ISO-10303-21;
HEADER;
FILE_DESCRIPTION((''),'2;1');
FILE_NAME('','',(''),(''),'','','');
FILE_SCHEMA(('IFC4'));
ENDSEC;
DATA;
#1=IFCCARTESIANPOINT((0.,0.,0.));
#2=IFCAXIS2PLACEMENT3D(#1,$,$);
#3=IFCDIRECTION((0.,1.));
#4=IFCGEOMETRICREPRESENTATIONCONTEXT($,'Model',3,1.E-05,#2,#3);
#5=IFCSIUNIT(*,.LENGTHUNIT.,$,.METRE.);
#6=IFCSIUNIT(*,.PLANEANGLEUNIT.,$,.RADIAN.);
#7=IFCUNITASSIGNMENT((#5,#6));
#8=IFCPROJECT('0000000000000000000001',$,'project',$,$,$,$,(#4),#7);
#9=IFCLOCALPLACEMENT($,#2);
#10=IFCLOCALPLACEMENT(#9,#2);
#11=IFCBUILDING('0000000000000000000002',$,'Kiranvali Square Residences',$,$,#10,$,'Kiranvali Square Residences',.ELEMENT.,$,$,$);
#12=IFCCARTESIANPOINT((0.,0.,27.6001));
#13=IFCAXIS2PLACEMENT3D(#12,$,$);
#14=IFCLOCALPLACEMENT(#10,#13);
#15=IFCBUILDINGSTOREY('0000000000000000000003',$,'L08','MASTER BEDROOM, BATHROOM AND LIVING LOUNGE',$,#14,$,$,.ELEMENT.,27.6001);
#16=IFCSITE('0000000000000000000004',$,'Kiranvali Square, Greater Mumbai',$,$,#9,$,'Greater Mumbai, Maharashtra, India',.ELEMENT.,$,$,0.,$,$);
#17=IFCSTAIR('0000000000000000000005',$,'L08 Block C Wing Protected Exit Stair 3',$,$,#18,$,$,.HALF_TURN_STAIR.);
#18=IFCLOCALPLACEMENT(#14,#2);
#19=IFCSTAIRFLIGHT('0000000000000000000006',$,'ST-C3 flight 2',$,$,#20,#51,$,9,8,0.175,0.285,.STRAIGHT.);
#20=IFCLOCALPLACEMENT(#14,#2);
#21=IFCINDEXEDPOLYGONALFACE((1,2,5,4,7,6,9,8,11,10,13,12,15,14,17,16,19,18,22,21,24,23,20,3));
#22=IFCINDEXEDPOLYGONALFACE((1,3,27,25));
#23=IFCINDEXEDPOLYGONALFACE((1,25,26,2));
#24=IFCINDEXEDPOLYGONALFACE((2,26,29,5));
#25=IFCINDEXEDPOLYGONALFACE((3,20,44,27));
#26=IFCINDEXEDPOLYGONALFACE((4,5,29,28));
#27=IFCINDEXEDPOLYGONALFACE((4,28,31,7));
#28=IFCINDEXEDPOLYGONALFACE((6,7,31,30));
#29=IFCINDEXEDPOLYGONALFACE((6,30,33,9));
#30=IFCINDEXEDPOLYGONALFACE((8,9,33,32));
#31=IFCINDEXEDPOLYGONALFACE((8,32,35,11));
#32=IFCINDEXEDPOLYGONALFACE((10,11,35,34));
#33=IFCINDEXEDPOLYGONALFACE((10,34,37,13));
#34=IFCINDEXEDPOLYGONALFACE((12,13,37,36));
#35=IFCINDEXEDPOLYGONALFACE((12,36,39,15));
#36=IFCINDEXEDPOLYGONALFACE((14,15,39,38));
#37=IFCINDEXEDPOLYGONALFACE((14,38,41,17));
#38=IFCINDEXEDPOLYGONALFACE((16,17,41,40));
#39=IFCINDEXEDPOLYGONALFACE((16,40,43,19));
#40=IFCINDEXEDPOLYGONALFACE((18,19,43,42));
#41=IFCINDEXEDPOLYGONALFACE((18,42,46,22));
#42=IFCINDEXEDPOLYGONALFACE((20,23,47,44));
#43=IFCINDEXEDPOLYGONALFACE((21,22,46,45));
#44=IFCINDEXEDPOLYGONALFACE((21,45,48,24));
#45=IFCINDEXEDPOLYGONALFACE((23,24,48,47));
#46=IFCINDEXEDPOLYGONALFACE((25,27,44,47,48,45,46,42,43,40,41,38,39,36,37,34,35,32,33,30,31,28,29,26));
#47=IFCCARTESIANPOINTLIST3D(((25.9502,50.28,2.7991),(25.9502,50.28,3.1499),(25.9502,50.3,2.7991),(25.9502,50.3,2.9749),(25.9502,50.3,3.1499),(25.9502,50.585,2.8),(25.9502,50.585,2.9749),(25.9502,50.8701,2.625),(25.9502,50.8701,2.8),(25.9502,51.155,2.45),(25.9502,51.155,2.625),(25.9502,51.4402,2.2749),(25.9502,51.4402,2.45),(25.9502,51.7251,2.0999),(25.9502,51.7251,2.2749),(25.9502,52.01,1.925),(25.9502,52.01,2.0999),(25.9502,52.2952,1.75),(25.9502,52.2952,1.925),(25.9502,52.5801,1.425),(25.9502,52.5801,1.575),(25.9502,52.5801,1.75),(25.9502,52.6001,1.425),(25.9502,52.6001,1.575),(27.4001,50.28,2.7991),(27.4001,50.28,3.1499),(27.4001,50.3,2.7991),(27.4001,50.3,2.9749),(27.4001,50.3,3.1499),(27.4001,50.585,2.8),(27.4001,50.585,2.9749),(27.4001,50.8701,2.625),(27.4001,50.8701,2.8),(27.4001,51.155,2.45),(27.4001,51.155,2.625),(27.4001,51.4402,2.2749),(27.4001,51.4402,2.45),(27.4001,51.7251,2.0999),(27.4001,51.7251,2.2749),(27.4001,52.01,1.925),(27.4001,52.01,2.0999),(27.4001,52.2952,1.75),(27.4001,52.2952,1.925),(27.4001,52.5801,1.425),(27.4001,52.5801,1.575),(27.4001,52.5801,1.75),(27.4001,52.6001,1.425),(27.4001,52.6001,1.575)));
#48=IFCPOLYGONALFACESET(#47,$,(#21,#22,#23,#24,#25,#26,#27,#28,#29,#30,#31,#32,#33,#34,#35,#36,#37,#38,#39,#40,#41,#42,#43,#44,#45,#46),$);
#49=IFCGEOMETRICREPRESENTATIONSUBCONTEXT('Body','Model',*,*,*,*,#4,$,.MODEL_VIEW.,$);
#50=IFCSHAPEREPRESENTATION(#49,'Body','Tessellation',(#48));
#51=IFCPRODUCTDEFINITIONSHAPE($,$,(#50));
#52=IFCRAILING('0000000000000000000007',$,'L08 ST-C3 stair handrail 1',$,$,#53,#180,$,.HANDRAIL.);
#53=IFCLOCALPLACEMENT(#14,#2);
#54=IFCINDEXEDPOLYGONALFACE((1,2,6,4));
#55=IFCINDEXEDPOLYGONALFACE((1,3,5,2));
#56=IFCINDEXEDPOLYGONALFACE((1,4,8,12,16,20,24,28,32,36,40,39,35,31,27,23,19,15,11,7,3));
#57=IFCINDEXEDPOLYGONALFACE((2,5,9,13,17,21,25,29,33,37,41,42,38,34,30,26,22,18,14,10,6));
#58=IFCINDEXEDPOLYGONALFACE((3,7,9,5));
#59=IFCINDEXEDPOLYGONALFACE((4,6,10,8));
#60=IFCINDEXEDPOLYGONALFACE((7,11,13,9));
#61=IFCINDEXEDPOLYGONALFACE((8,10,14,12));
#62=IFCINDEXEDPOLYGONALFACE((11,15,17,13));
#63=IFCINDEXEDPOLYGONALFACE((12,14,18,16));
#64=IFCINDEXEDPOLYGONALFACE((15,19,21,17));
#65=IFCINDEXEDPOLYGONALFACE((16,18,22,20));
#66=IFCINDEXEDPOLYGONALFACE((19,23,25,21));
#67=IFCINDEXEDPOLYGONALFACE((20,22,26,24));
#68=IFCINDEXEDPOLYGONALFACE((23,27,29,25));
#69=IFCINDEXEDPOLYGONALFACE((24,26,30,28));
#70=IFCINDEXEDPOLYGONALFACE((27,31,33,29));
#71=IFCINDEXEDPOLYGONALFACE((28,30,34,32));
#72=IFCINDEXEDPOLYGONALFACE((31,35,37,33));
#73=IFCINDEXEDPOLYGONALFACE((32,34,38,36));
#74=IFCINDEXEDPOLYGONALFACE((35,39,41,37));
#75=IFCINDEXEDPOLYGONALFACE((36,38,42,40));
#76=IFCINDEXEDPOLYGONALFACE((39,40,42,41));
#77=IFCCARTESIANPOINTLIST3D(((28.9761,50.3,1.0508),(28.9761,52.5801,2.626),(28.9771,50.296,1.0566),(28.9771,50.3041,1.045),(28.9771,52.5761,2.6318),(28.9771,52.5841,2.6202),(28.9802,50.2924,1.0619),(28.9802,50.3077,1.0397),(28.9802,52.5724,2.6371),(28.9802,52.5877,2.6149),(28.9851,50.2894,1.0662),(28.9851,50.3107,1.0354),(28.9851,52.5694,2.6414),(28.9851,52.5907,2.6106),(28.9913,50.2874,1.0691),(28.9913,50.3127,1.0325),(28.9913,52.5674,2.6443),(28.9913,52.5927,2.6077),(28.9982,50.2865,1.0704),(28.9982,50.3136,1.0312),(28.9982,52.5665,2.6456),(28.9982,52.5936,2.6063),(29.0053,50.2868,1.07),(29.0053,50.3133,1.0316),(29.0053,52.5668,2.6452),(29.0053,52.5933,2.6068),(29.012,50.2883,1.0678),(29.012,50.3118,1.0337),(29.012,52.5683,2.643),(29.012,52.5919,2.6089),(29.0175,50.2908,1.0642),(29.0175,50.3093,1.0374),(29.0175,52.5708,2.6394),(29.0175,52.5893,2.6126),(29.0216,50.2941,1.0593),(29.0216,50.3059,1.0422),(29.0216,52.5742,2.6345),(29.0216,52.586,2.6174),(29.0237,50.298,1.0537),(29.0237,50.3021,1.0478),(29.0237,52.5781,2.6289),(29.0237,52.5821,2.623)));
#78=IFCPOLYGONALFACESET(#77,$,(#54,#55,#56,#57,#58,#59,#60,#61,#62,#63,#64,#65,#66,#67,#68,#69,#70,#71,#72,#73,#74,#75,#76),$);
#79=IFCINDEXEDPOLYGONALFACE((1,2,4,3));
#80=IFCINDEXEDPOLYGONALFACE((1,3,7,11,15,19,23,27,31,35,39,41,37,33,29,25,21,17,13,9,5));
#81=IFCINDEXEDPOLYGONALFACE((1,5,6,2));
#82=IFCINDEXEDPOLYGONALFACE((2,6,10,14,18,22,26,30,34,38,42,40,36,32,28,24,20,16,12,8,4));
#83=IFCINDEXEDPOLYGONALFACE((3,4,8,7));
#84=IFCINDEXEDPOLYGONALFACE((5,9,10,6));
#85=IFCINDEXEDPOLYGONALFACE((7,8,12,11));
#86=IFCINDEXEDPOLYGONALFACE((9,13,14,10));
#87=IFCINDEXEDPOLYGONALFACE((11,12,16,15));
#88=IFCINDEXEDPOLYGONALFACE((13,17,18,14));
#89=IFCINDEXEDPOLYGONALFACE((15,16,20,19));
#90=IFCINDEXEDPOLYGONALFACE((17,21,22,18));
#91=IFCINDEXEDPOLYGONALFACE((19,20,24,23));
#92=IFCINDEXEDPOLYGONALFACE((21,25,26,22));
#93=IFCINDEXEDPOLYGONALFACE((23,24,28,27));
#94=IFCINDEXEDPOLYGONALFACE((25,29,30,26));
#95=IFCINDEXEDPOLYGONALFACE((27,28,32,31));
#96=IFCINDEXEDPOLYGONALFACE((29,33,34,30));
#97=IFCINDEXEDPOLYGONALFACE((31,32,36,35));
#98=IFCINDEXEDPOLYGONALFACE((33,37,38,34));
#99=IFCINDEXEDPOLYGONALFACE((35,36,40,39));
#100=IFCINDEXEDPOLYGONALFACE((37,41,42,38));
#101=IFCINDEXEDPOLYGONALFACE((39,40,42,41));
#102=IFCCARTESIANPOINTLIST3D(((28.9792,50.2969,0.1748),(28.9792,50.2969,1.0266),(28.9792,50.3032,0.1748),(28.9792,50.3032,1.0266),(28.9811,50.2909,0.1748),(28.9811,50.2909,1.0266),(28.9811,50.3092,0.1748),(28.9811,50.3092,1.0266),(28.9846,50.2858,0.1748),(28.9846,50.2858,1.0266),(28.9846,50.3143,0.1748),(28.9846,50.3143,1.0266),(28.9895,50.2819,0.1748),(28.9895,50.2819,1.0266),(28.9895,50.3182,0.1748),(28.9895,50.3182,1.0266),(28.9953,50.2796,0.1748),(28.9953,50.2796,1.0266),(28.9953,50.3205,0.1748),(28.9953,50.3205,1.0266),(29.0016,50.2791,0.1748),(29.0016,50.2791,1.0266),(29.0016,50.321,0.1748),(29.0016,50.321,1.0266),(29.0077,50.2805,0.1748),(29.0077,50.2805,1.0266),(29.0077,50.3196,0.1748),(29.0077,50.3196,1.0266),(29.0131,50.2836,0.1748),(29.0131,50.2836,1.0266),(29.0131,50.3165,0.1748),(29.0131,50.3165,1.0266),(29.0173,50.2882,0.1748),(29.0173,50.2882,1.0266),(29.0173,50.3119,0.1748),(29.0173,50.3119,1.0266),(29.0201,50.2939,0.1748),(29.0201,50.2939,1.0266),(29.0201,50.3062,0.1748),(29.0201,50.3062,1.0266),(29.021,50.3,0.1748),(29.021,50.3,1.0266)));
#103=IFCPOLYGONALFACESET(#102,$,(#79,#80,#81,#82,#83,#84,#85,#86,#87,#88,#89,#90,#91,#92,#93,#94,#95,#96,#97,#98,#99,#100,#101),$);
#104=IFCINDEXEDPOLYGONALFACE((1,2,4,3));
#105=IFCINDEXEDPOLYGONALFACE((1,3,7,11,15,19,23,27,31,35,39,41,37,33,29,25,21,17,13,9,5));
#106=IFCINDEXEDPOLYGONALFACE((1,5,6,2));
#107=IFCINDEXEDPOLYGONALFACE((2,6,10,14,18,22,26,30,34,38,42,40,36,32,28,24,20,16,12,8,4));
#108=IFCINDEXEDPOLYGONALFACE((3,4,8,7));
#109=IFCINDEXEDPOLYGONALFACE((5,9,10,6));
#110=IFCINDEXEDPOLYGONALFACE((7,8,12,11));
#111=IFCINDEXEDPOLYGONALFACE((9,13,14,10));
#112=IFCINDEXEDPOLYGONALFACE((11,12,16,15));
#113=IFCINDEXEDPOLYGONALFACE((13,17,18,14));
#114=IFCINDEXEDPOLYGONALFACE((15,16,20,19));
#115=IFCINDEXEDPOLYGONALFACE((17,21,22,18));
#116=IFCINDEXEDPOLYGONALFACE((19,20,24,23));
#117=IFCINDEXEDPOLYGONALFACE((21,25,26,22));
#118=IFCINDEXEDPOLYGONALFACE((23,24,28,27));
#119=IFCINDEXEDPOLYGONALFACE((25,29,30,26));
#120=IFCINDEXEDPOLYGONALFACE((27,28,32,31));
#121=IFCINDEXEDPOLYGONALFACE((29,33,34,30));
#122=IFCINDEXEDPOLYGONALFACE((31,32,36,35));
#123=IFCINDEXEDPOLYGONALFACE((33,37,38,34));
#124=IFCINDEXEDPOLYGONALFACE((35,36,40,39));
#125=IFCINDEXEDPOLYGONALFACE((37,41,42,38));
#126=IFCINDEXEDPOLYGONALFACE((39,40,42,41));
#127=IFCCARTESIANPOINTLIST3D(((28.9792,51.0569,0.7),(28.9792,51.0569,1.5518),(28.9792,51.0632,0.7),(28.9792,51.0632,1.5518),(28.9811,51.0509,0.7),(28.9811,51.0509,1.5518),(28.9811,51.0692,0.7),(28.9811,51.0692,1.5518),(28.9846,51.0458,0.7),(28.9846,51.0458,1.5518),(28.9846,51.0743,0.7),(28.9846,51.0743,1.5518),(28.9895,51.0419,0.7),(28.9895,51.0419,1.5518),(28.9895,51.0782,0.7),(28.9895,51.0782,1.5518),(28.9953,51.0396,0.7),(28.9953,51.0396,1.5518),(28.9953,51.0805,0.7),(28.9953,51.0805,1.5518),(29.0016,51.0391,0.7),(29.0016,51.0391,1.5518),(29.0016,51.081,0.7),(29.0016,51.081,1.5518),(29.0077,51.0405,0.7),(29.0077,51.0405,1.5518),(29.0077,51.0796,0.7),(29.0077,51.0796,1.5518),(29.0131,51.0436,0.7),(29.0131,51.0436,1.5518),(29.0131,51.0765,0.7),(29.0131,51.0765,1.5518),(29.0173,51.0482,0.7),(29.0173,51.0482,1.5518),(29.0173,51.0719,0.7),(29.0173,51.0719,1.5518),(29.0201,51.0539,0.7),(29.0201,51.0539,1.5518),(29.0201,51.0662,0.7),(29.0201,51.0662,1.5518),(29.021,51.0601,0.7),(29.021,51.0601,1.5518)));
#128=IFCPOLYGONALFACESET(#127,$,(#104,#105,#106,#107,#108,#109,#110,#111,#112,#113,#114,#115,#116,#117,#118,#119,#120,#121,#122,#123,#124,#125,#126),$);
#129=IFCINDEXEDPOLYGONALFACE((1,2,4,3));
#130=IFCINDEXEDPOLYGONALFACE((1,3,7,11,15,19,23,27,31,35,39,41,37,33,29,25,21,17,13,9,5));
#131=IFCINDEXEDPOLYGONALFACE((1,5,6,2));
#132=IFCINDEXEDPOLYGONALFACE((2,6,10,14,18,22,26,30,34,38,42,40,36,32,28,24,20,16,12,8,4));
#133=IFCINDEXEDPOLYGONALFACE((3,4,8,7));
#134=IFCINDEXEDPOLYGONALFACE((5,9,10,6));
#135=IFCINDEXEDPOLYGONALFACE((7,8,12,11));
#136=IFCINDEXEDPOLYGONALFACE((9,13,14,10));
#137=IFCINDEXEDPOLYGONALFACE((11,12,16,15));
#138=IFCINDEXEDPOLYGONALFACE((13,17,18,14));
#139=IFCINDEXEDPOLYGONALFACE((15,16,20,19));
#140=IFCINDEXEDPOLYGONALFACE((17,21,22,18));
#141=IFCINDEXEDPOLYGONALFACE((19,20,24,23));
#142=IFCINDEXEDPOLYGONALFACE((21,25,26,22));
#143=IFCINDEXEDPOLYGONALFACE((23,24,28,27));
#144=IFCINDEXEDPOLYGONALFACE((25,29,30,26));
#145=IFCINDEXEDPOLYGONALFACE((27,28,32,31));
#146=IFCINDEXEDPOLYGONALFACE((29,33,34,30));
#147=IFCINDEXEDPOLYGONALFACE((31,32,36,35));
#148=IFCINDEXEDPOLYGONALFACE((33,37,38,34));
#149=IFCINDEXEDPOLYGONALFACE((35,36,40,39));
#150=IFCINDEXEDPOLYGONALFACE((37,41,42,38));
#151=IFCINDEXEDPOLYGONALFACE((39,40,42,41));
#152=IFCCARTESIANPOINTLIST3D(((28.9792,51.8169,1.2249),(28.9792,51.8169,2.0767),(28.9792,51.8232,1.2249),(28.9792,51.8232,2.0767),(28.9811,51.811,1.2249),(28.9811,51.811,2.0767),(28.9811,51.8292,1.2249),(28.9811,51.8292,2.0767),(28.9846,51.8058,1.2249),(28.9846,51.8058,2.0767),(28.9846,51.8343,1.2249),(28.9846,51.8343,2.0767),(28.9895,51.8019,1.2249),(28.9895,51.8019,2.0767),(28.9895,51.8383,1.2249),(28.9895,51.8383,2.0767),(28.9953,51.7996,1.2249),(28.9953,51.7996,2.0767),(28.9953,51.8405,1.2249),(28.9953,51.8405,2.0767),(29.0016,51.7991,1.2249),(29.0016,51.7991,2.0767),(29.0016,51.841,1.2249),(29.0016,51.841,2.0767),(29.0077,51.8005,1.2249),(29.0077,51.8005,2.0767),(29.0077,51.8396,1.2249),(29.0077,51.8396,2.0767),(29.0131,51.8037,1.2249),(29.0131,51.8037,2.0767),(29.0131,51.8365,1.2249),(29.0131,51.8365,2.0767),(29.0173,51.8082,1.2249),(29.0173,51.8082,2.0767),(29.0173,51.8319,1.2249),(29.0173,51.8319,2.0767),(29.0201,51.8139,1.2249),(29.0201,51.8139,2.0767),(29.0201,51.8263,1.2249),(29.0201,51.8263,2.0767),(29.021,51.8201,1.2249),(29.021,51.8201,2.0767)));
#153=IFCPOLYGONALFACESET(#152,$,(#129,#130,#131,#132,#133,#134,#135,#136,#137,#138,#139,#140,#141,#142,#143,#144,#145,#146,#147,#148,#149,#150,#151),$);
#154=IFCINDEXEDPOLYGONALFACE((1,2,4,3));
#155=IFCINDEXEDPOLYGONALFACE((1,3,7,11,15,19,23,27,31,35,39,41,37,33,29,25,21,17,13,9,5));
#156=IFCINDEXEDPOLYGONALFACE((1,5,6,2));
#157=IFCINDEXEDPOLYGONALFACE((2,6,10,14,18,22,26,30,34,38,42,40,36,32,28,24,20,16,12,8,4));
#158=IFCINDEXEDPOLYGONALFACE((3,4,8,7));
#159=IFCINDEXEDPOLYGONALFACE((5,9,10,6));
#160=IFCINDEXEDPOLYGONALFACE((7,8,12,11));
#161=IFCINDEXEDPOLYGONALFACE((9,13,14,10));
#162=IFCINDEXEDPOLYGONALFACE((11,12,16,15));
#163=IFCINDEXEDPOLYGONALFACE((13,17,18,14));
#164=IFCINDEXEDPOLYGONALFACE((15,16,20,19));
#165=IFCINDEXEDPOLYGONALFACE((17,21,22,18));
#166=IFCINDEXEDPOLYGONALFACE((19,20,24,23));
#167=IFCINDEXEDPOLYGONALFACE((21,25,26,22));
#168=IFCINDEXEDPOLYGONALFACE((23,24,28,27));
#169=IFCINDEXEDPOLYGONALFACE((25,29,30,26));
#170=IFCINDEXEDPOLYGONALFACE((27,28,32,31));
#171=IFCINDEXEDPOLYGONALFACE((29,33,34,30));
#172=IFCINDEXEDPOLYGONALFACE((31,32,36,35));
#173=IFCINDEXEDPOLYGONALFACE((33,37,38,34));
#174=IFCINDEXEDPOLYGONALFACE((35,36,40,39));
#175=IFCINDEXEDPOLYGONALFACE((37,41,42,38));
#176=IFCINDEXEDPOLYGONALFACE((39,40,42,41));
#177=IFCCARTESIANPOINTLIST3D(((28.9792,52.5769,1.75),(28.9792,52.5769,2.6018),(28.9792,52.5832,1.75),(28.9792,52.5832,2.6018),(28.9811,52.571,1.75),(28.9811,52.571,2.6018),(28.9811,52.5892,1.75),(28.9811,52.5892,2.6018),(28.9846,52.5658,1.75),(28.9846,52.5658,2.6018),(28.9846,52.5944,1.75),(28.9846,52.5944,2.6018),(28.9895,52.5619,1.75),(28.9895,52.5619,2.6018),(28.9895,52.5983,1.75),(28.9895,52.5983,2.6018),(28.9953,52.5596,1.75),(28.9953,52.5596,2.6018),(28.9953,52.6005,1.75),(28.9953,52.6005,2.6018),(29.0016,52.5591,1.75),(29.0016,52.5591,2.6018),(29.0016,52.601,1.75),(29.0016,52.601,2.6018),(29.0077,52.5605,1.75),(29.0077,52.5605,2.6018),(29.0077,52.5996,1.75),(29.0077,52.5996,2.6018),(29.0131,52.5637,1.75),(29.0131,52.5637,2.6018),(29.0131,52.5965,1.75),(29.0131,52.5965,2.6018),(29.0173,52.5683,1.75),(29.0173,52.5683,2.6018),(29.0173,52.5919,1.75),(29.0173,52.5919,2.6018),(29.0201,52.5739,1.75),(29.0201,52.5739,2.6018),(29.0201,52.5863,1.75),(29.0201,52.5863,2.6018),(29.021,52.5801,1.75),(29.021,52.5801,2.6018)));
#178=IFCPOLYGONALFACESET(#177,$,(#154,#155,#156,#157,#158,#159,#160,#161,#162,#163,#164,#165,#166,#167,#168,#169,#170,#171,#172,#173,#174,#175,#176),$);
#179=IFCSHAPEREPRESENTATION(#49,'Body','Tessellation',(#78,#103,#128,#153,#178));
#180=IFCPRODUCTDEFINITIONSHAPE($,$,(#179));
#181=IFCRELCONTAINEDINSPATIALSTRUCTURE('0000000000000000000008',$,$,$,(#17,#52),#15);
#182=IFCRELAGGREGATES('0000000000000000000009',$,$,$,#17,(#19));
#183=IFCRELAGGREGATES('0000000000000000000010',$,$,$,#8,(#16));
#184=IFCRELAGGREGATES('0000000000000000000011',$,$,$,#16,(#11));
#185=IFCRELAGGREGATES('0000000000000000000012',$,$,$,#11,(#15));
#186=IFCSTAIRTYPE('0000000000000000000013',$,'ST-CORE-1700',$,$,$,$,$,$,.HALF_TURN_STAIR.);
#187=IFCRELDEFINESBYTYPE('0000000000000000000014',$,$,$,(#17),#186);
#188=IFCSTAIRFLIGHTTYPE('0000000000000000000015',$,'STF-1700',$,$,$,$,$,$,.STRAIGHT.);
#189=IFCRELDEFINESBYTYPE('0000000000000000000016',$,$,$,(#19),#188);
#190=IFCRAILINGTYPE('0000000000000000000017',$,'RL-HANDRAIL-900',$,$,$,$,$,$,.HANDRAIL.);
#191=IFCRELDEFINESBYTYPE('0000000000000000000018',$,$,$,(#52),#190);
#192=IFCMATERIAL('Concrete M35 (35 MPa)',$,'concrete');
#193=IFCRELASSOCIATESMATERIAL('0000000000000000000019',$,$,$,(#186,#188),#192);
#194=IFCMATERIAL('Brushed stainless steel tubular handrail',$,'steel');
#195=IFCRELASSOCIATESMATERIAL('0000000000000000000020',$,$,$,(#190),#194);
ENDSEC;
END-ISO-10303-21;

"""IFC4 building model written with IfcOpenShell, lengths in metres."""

from ifc_helpers import new_model, si_unit, direction, frame, origin, origin_2d, place, context, subcontext, project, spatial, polyline, circle, outline, extrude, material, type_object, element, aggregate, save


model = new_model("IFC4")

# Units and contexts
model_context = context("Model", 3, precision=1e-05, world=origin(), true_north=direction((0.0, 1.0)))
body_context = subcontext(model_context, "Body", "Model", "MODEL_VIEW")
ifc_project = project(units=[si_unit("LENGTHUNIT", "METRE"), si_unit("PLANEANGLEUNIT", "RADIAN")], contexts=[model_context])

# Site, building, storey
site_placement = place(None, origin())
site = spatial("IfcSite", under=ifc_project, at=site_placement, Name="Kiranvali Square, Greater Mumbai", LongName="Greater Mumbai, Maharashtra, India", CompositionType="ELEMENT", RefElevation=0.0)
building_placement = place(site_placement, origin())
building = spatial("IfcBuilding", under=site, at=building_placement, Name="Kiranvali Square Residences", LongName="Kiranvali Square Residences", CompositionType="ELEMENT")
storey_placement = place(building_placement, frame((0.0, 0.0, 27.6001)))
storey = spatial("IfcBuildingStorey", under=building, at=storey_placement, Name="L08", Description="MASTER BEDROOM, BATHROOM AND LIVING LOUNGE", CompositionType="ELEMENT", Elevation=27.6001)

# Stair, stair flight
ifc_material_1 = material(Name="Concrete M35 (35 MPa)", Category="concrete")
stair_type = type_object("IfcStairType", Name="ST-CORE-1700", PredefinedType="HALF_TURN_STAIR", material=ifc_material_1)
stair_placement = place(storey_placement, origin())
stair = element("IfcStair", 1, at=stair_placement, inside=storey, type_object=stair_type, Name="L08 Block C Wing Protected Exit Stair 3", PredefinedType="HALF_TURN_STAIR")
stair_flight_type = type_object("IfcStairFlightType", Name="STF-1700", PredefinedType="STRAIGHT", material=ifc_material_1)
stair_flight_1_placement = place(storey_placement, frame((26.675, 52.5801, 1.575), z_axis=(0.0, 0.0, 1.0), x_axis=(0.0, -1.0, 0.0)))
stair_flight_1 = element("IfcStairFlight", 2, at=stair_flight_1_placement, type_object=stair_flight_type, Name="ST-C3 flight 2", NumberOfRisers=9, NumberOfTreads=8, PredefinedType="STRAIGHT", RiserHeight=0.175, TreadLength=0.285, context=body_context, shape_type="SweptSolid", body=[
    extrude(outline(polyline([(-0.02, -0.1499), (-0.02, 0.0), (0.0, 0.0), (0.0, 0.175), (0.2849, 0.175), (0.2849, 0.3501), (0.5701, 0.3501), (0.5701, 0.5249), (0.855, 0.5249), (0.855, 0.7), (1.1399, 0.7), (1.1399, 0.875), (1.425, 0.875), (1.425, 1.05), (1.71, 1.05), (1.71, 1.2251), (1.9951, 1.2251), (1.9951, 1.3999), (2.28, 1.3999), (2.28, 1.575), (2.3, 1.575), (2.3, 1.2241), (2.28, 1.2241), (0.0, -0.1499), (-0.02, -0.1499)])), frame((0.0, 0.7251, 0.0), z_axis=(0.0, -1.0, 0.0), x_axis=(1.0, 0.0, 0.0)), (0.0, 0.0, 1.0), 1.45),
])
aggregate(stair, [stair_flight_1])

# Railing
ifc_material_2 = material(Name="Brushed stainless steel tubular handrail", Category="steel")
railing_type_1 = type_object("IfcRailingType", Name="RL-HANDRAIL-900", PredefinedType="HANDRAIL", material=ifc_material_2)
railing_1_placement = place(storey_placement, frame((29.0, 50.3, 0.1748)))
element("IfcRailing", 3, at=railing_1_placement, inside=storey, type_object=railing_type_1, Name="L08 ST-C3 stair handrail 1", PredefinedType="HANDRAIL", context=body_context, shape_type="SweptSolid", body=[
    extrude(circle(Radius=0.0239, at=origin_2d()), frame((0.0, 0.0, 0.876), z_axis=(0.0, 0.822747, 0.568408), x_axis=(-1.0, 0.0, 0.0)), (0.0, 0.0, 1.0), 2.7712),
    extrude(circle(Radius=0.021, at=origin_2d()), origin(), (0.0, 0.0, 1.0), 0.8518),
    extrude(circle(Radius=0.021, at=origin_2d()), frame((0.0, 0.76, 0.5251)), (0.0, 0.0, 1.0), 0.8518),
    extrude(circle(Radius=0.021, at=origin_2d()), frame((0.0, 1.52, 1.05)), (0.0, 0.0, 1.0), 0.8518),
    extrude(circle(Radius=0.021, at=origin_2d()), frame((0.0, 2.28, 1.5752)), (0.0, 0.0, 1.0), 0.8518),
])

save(model, "model.ifc")
